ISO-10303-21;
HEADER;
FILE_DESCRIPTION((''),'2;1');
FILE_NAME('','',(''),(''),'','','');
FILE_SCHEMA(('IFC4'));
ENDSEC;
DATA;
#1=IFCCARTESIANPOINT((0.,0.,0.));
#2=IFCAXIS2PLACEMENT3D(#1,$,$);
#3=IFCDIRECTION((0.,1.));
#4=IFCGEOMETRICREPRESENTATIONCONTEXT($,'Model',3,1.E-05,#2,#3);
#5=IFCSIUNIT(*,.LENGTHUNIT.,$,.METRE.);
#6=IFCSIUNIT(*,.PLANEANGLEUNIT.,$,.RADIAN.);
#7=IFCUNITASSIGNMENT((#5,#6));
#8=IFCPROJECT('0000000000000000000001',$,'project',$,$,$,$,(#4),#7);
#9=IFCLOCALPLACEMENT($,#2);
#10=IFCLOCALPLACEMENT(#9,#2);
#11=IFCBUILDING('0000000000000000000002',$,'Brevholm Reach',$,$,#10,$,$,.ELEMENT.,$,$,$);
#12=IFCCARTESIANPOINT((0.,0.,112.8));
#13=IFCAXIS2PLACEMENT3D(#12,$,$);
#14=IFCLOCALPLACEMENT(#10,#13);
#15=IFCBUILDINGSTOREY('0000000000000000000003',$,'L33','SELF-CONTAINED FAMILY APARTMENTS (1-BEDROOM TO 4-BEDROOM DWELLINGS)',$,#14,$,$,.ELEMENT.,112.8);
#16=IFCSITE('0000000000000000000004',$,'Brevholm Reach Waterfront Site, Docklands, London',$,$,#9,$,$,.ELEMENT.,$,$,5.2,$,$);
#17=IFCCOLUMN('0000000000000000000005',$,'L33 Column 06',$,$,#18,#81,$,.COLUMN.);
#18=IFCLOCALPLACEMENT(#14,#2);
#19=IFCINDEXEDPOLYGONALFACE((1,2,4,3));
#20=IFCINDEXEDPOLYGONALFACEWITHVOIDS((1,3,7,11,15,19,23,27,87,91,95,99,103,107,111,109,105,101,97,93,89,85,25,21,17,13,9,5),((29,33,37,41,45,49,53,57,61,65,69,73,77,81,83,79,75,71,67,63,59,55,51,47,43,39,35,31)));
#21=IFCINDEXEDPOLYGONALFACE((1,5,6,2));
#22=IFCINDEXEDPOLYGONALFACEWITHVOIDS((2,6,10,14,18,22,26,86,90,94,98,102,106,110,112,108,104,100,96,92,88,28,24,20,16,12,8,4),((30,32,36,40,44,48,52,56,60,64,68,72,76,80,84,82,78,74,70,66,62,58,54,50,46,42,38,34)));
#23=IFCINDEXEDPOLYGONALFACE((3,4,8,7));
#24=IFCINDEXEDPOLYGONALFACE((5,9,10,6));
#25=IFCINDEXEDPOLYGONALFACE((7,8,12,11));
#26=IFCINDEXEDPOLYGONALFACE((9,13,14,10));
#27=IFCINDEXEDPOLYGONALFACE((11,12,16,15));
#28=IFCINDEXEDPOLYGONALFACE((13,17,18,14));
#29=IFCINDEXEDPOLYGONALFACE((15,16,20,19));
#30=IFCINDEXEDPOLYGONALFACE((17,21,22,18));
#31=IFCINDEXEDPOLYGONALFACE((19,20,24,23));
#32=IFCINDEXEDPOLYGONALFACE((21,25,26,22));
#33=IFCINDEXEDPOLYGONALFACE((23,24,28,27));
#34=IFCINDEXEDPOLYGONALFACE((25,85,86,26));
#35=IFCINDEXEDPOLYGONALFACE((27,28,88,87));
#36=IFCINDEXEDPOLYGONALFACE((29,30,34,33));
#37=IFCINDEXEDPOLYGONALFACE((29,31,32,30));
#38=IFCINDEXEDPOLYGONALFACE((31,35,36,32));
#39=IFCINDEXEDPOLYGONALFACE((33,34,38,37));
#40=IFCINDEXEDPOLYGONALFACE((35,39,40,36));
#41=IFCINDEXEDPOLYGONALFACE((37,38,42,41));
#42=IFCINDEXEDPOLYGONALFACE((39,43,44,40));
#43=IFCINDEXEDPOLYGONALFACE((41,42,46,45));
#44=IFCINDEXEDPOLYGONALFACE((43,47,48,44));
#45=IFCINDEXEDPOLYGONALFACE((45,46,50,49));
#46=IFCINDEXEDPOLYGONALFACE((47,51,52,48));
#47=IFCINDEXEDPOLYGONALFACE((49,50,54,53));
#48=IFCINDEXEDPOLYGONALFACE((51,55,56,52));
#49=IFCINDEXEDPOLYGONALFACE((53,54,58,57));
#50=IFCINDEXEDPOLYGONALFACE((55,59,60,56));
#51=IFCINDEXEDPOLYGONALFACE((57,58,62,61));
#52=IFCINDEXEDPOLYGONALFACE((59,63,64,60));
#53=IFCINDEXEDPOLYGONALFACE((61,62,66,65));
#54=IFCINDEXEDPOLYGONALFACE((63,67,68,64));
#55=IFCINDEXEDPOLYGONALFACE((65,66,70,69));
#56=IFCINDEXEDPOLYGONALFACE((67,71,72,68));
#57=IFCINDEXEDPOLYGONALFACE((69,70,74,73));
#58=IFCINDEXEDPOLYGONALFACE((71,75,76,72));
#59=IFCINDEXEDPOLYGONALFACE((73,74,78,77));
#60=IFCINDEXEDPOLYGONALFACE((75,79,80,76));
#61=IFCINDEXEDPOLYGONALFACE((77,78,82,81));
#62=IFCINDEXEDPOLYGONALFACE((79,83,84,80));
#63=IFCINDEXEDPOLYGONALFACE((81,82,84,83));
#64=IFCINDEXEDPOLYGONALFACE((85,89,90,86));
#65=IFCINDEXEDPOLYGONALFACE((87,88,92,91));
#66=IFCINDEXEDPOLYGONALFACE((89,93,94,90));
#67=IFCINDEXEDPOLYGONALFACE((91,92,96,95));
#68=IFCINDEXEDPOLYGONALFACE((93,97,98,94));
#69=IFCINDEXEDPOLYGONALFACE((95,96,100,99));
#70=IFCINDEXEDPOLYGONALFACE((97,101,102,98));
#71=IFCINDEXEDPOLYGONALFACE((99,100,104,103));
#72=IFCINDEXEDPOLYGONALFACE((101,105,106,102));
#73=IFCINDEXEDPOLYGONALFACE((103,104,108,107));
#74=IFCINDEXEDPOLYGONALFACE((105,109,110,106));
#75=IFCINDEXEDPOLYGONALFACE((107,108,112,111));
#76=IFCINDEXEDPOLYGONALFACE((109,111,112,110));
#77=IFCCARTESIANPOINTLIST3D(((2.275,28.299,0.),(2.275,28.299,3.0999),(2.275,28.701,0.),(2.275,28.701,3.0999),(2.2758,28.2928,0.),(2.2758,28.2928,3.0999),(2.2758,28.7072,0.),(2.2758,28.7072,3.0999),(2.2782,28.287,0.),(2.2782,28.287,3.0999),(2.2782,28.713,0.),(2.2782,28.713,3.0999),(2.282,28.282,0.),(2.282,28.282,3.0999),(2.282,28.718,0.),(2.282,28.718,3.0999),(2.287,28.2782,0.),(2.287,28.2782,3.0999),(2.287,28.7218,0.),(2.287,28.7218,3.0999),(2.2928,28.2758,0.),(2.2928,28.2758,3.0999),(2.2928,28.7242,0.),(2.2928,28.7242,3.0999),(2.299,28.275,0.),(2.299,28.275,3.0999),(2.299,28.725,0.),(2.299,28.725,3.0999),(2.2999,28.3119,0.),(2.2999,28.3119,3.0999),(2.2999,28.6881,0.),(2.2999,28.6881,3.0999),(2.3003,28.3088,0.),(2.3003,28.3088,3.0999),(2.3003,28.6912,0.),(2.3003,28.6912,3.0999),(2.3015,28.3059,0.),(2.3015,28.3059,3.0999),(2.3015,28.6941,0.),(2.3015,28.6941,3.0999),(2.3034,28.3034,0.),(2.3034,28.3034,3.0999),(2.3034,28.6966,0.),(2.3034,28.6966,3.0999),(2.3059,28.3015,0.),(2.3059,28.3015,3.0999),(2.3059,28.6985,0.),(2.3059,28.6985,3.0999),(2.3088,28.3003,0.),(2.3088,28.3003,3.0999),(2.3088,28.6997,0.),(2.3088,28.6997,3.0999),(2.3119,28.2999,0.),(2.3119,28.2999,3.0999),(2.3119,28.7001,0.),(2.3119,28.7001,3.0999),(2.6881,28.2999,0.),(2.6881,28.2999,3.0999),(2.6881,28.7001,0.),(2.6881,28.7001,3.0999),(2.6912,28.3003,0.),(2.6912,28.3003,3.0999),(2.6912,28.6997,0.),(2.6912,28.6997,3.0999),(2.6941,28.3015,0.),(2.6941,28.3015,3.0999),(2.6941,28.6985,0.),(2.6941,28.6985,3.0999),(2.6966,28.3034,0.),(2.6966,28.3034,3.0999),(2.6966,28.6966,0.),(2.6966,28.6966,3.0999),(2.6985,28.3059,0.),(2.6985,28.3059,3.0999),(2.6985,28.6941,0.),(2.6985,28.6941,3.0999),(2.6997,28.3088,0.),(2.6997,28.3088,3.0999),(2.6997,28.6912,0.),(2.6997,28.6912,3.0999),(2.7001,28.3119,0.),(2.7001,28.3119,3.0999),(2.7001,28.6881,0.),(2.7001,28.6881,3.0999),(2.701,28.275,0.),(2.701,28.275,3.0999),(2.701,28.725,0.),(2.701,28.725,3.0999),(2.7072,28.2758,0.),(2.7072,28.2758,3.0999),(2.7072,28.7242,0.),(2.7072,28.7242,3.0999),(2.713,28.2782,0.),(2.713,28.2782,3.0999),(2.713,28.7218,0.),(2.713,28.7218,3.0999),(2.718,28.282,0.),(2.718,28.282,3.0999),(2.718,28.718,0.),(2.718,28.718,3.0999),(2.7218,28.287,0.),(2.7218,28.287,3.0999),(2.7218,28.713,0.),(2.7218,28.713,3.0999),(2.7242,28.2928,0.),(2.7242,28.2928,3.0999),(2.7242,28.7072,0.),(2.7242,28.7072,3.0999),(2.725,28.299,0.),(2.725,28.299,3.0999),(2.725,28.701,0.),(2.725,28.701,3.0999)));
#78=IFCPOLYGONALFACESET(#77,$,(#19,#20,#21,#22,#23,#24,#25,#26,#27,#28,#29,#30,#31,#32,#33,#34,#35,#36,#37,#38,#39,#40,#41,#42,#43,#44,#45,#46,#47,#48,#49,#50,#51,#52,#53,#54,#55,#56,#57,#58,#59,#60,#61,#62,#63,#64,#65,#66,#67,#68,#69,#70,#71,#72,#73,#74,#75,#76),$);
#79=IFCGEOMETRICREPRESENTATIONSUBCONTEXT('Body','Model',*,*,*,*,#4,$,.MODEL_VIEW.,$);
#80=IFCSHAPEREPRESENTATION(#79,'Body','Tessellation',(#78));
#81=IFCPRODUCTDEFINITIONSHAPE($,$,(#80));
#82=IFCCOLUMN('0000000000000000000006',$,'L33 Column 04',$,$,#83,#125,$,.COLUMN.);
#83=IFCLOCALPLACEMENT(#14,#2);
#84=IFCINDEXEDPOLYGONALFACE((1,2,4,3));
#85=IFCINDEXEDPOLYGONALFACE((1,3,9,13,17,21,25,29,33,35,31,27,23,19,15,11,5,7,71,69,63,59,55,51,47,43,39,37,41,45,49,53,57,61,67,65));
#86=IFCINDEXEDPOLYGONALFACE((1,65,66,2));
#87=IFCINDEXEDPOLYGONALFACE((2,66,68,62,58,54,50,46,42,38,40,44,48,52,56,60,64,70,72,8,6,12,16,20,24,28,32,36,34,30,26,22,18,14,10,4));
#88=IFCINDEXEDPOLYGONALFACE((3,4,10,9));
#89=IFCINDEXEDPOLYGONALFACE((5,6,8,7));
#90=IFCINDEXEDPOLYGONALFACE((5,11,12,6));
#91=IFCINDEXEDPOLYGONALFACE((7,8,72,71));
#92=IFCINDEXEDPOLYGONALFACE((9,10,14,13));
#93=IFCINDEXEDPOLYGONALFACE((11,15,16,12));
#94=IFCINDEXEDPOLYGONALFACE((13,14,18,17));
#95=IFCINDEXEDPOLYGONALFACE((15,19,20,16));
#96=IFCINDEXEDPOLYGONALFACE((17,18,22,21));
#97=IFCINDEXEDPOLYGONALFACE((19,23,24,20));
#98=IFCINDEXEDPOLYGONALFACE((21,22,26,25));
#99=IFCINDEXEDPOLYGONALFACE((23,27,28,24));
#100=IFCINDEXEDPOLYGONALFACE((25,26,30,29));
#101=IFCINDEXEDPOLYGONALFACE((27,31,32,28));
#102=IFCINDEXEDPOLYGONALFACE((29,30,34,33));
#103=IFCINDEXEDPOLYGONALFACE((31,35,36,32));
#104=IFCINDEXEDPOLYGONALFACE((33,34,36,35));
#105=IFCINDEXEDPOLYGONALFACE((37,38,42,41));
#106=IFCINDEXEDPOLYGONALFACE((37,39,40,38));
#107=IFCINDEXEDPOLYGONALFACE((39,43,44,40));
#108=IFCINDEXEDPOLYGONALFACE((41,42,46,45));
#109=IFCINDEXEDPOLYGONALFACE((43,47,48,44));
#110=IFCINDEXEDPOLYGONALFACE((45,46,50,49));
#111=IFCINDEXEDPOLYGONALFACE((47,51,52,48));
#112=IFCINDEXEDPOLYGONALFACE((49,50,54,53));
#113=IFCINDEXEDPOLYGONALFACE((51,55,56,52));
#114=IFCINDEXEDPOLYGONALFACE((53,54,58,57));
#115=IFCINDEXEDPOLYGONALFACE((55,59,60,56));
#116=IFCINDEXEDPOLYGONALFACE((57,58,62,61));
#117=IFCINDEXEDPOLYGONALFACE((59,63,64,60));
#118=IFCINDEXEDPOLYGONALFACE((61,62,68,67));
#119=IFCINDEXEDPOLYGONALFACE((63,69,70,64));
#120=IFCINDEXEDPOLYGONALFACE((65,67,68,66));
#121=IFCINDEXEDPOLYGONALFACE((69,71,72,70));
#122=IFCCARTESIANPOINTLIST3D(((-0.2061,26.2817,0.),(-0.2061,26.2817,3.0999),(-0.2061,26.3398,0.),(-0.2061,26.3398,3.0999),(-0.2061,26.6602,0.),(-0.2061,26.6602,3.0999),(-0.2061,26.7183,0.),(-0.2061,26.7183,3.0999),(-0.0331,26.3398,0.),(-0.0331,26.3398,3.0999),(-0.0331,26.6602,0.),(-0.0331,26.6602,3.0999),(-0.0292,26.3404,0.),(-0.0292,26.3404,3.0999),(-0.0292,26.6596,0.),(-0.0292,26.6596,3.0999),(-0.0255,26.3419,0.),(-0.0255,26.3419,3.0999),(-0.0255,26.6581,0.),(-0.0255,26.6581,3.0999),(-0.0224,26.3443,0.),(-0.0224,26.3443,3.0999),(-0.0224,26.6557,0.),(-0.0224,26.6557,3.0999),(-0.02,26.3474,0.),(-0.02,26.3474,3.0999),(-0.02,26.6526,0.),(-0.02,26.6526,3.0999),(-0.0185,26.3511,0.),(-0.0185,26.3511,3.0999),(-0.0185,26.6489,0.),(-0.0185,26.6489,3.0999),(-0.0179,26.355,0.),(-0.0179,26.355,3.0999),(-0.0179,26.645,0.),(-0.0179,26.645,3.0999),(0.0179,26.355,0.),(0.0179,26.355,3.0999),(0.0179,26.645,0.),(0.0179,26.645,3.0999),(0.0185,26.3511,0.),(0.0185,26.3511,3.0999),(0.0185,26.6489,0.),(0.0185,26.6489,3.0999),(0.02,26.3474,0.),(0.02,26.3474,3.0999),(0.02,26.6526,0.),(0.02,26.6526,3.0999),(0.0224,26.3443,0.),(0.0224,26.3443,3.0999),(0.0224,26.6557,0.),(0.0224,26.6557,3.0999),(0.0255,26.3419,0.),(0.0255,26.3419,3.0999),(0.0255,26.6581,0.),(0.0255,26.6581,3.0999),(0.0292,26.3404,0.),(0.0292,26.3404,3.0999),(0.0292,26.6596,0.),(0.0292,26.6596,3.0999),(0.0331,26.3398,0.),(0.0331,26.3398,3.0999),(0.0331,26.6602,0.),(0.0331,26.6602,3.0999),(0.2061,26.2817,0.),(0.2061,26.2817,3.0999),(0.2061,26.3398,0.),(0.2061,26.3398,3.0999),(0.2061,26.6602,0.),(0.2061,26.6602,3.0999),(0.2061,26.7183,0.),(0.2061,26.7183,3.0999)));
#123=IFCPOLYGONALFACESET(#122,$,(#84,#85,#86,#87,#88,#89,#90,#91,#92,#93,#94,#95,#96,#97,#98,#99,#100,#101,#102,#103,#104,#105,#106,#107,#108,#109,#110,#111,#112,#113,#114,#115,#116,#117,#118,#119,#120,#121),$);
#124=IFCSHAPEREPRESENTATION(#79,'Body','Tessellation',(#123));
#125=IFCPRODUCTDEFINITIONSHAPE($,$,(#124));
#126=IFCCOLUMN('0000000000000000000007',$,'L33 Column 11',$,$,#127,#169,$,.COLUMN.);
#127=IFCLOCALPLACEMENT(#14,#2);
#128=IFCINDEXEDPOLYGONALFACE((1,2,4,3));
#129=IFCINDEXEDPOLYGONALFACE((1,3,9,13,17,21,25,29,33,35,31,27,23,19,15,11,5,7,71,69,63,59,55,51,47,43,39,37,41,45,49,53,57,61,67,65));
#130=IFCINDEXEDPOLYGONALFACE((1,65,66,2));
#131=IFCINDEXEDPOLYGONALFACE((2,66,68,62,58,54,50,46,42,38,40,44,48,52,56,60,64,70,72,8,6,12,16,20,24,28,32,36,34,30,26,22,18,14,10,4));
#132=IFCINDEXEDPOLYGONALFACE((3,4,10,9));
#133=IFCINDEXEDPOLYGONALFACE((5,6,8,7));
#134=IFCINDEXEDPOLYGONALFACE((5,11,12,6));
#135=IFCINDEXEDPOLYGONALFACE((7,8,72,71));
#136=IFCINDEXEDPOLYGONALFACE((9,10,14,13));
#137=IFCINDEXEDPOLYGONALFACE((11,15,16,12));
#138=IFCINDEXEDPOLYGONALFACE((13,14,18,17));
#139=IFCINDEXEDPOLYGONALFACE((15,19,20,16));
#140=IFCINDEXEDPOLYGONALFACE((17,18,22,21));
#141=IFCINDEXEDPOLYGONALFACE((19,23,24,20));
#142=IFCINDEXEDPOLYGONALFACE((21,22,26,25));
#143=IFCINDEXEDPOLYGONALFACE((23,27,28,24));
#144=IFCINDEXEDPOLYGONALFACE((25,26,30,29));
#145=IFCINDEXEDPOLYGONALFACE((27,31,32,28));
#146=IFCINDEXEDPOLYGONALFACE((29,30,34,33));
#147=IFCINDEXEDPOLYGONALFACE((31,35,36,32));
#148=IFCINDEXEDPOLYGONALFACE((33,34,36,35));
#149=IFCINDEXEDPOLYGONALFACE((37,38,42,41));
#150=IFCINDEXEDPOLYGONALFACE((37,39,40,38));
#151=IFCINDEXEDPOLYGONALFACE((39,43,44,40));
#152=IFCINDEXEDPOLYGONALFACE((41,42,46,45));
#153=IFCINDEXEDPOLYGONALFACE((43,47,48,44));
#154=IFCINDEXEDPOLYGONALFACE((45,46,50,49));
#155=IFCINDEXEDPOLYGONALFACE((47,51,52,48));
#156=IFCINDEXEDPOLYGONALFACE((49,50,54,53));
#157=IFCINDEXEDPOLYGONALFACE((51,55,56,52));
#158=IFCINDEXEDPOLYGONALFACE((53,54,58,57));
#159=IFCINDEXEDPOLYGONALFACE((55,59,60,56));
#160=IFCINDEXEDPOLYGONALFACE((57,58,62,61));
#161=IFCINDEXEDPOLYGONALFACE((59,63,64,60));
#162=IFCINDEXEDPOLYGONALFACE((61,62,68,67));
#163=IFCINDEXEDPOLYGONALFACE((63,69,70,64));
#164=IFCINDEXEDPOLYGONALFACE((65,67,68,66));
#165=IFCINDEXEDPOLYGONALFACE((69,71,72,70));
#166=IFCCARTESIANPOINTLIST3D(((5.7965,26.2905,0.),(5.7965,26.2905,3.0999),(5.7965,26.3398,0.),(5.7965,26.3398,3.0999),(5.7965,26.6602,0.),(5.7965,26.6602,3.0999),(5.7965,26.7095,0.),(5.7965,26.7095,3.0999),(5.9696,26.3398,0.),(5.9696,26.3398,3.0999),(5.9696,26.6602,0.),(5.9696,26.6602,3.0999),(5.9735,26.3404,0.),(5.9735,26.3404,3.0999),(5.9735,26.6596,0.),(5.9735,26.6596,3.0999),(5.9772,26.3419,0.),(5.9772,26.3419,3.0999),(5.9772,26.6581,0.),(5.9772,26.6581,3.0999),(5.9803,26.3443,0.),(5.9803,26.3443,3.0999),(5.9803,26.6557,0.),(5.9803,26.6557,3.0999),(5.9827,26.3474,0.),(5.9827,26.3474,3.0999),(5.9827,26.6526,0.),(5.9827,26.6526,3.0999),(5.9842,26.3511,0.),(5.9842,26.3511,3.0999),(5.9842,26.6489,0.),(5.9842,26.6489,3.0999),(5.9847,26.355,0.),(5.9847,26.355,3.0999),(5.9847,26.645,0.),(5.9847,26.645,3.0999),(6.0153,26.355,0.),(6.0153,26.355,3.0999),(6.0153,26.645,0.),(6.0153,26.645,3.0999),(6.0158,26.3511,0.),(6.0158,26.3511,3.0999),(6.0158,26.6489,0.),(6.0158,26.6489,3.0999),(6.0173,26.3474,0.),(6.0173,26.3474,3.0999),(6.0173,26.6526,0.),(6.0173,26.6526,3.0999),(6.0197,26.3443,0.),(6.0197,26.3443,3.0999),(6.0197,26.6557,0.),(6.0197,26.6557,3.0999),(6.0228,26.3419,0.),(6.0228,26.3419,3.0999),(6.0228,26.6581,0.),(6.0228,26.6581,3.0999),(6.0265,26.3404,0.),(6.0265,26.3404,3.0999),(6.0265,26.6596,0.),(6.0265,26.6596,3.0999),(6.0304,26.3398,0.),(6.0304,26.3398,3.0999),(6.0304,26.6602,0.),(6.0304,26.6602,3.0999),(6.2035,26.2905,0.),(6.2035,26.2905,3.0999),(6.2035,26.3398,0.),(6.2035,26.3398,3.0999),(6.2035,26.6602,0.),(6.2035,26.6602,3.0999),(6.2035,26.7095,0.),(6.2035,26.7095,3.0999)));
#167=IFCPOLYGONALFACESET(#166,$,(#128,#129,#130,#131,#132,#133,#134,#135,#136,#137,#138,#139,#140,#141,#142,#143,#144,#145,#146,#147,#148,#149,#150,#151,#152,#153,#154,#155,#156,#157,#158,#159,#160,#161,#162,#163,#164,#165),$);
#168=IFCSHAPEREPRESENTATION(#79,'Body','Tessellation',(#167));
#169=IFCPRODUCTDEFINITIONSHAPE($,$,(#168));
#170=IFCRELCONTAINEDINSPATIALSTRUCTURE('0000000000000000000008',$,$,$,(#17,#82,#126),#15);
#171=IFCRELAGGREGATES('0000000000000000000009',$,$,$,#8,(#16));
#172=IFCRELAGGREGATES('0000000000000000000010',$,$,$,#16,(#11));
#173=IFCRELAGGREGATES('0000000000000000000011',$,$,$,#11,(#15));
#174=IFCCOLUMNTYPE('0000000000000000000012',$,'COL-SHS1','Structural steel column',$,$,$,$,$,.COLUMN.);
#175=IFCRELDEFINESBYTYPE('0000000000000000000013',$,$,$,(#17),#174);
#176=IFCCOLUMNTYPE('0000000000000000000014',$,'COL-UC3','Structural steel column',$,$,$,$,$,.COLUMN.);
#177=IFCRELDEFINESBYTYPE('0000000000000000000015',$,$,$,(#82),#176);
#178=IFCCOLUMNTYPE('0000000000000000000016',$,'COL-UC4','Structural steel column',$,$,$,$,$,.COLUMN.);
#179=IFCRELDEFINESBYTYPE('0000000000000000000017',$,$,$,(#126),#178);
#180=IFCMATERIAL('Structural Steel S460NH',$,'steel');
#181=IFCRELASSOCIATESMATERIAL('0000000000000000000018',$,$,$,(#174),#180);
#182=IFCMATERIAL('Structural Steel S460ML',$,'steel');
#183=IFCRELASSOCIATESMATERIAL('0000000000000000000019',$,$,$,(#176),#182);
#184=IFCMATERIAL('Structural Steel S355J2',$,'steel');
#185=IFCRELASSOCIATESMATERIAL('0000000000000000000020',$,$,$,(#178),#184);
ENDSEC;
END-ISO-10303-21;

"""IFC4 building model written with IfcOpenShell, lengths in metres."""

from ifc_helpers import new_model, si_unit, direction, frame, origin, origin_2d, place, context, subcontext, project, spatial, hollow_rectangle, i_section, extrude, material, material_profile, profile_set, type_object, element, save


model = new_model("IFC4")

# Units and contexts
model_context = context("Model", 3, precision=1e-05, world=origin(), true_north=direction((0.0, 1.0)))
body_context = subcontext(model_context, "Body", "Model", "MODEL_VIEW")
ifc_project = project(units=[si_unit("LENGTHUNIT", "METRE"), si_unit("PLANEANGLEUNIT", "RADIAN")], contexts=[model_context])

# Site, building, storey
site_placement = place(None, origin())
site = spatial("IfcSite", under=ifc_project, at=site_placement, Name="Brevholm Reach Waterfront Site, Docklands, London", CompositionType="ELEMENT", RefElevation=5.2)
building_placement = place(site_placement, origin())
building = spatial("IfcBuilding", under=site, at=building_placement, Name="Brevholm Reach", CompositionType="ELEMENT")
storey_placement = place(building_placement, frame((0.0, 0.0, 112.8)))
storey = spatial("IfcBuildingStorey", under=building, at=storey_placement, Name="L33", Description="SELF-CONTAINED FAMILY APARTMENTS (1-BEDROOM TO 4-BEDROOM DWELLINGS)", CompositionType="ELEMENT", Elevation=112.8)

# Columns
ifc_material_1 = material(Name="Structural Steel S460NH", Category="steel")
ifc_material_profile_1 = material_profile(ifc_material_1, hollow_rectangle(XDim=0.45, YDim=0.45, WallThickness=0.0249, InnerFilletRadius=0.012, OuterFilletRadius=0.0239, at=origin_2d()), Name="SHS 450x450x25")
ifc_profile_set_1 = profile_set([ifc_material_profile_1], Name="Structural Steel S460NH")
column_type_1 = type_object("IfcColumnType", Name="COL-SHS1", Description="Structural steel column", PredefinedType="COLUMN", material=ifc_profile_set_1)
column_1_placement = place(storey_placement, frame((2.5, 28.5, 0.0), z_axis=(0.0, 0.0, 1.0), x_axis=(1.0, 0.0, 0.0)))
element("IfcColumn", 1, at=column_1_placement, inside=storey, type_object=column_type_1, Name="L33 Column 06", PredefinedType="COLUMN", context=body_context, shape_type="SweptSolid", body=[
    extrude(hollow_rectangle(XDim=0.45, YDim=0.45, WallThickness=0.0249, InnerFilletRadius=0.012, OuterFilletRadius=0.0239, at=origin_2d()), origin(), (0.0, 0.0, 1.0), 3.0999),
])
ifc_material_2 = material(Name="Structural Steel S460ML", Category="steel")
ifc_material_profile_2 = material_profile(ifc_material_2, i_section(OverallWidth=0.4121, OverallDepth=0.4365, WebThickness=0.0359, FlangeThickness=0.0581, FilletRadius=0.0151, at=origin_2d()), Name="UKC 356x406x467")
ifc_profile_set_2 = profile_set([ifc_material_profile_2], Name="Structural Steel S460ML")
column_type_2 = type_object("IfcColumnType", Name="COL-UC3", Description="Structural steel column", PredefinedType="COLUMN", material=ifc_profile_set_2)
column_2_placement = place(storey_placement, frame((0.0, 26.5, 0.0), z_axis=(0.0, 0.0, 1.0), x_axis=(1.0, 0.0, 0.0)))
element("IfcColumn", 2, at=column_2_placement, inside=storey, type_object=column_type_2, Name="L33 Column 04", PredefinedType="COLUMN", context=body_context, shape_type="SweptSolid", body=[
    extrude(i_section(OverallWidth=0.4121, OverallDepth=0.4365, WebThickness=0.0359, FlangeThickness=0.0581, FilletRadius=0.0151, at=origin_2d()), origin(), (0.0, 0.0, 1.0), 3.0999),
])
ifc_material_3 = material(Name="Structural Steel S355J2", Category="steel")
ifc_material_profile_3 = material_profile(ifc_material_3, i_section(OverallWidth=0.407, OverallDepth=0.4189, WebThickness=0.0305, FlangeThickness=0.0493, FilletRadius=0.0151, at=origin_2d()), Name="UKC 356x406x393")
ifc_profile_set_3 = profile_set([ifc_material_profile_3], Name="Structural Steel S355J2")
column_type_3 = type_object("IfcColumnType", Name="COL-UC4", Description="Structural steel column", PredefinedType="COLUMN", material=ifc_profile_set_3)
column_3_placement = place(storey_placement, frame((6.0, 26.5, 0.0), z_axis=(0.0, 0.0, 1.0), x_axis=(1.0, 0.0, 0.0)))
element("IfcColumn", 3, at=column_3_placement, inside=storey, type_object=column_type_3, Name="L33 Column 11", PredefinedType="COLUMN", context=body_context, shape_type="SweptSolid", body=[
    extrude(i_section(OverallWidth=0.407, OverallDepth=0.4189, WebThickness=0.0305, FlangeThickness=0.0493, FilletRadius=0.0151, at=origin_2d()), origin(), (0.0, 0.0, 1.0), 3.0999),
])

save(model, "model.ifc")
